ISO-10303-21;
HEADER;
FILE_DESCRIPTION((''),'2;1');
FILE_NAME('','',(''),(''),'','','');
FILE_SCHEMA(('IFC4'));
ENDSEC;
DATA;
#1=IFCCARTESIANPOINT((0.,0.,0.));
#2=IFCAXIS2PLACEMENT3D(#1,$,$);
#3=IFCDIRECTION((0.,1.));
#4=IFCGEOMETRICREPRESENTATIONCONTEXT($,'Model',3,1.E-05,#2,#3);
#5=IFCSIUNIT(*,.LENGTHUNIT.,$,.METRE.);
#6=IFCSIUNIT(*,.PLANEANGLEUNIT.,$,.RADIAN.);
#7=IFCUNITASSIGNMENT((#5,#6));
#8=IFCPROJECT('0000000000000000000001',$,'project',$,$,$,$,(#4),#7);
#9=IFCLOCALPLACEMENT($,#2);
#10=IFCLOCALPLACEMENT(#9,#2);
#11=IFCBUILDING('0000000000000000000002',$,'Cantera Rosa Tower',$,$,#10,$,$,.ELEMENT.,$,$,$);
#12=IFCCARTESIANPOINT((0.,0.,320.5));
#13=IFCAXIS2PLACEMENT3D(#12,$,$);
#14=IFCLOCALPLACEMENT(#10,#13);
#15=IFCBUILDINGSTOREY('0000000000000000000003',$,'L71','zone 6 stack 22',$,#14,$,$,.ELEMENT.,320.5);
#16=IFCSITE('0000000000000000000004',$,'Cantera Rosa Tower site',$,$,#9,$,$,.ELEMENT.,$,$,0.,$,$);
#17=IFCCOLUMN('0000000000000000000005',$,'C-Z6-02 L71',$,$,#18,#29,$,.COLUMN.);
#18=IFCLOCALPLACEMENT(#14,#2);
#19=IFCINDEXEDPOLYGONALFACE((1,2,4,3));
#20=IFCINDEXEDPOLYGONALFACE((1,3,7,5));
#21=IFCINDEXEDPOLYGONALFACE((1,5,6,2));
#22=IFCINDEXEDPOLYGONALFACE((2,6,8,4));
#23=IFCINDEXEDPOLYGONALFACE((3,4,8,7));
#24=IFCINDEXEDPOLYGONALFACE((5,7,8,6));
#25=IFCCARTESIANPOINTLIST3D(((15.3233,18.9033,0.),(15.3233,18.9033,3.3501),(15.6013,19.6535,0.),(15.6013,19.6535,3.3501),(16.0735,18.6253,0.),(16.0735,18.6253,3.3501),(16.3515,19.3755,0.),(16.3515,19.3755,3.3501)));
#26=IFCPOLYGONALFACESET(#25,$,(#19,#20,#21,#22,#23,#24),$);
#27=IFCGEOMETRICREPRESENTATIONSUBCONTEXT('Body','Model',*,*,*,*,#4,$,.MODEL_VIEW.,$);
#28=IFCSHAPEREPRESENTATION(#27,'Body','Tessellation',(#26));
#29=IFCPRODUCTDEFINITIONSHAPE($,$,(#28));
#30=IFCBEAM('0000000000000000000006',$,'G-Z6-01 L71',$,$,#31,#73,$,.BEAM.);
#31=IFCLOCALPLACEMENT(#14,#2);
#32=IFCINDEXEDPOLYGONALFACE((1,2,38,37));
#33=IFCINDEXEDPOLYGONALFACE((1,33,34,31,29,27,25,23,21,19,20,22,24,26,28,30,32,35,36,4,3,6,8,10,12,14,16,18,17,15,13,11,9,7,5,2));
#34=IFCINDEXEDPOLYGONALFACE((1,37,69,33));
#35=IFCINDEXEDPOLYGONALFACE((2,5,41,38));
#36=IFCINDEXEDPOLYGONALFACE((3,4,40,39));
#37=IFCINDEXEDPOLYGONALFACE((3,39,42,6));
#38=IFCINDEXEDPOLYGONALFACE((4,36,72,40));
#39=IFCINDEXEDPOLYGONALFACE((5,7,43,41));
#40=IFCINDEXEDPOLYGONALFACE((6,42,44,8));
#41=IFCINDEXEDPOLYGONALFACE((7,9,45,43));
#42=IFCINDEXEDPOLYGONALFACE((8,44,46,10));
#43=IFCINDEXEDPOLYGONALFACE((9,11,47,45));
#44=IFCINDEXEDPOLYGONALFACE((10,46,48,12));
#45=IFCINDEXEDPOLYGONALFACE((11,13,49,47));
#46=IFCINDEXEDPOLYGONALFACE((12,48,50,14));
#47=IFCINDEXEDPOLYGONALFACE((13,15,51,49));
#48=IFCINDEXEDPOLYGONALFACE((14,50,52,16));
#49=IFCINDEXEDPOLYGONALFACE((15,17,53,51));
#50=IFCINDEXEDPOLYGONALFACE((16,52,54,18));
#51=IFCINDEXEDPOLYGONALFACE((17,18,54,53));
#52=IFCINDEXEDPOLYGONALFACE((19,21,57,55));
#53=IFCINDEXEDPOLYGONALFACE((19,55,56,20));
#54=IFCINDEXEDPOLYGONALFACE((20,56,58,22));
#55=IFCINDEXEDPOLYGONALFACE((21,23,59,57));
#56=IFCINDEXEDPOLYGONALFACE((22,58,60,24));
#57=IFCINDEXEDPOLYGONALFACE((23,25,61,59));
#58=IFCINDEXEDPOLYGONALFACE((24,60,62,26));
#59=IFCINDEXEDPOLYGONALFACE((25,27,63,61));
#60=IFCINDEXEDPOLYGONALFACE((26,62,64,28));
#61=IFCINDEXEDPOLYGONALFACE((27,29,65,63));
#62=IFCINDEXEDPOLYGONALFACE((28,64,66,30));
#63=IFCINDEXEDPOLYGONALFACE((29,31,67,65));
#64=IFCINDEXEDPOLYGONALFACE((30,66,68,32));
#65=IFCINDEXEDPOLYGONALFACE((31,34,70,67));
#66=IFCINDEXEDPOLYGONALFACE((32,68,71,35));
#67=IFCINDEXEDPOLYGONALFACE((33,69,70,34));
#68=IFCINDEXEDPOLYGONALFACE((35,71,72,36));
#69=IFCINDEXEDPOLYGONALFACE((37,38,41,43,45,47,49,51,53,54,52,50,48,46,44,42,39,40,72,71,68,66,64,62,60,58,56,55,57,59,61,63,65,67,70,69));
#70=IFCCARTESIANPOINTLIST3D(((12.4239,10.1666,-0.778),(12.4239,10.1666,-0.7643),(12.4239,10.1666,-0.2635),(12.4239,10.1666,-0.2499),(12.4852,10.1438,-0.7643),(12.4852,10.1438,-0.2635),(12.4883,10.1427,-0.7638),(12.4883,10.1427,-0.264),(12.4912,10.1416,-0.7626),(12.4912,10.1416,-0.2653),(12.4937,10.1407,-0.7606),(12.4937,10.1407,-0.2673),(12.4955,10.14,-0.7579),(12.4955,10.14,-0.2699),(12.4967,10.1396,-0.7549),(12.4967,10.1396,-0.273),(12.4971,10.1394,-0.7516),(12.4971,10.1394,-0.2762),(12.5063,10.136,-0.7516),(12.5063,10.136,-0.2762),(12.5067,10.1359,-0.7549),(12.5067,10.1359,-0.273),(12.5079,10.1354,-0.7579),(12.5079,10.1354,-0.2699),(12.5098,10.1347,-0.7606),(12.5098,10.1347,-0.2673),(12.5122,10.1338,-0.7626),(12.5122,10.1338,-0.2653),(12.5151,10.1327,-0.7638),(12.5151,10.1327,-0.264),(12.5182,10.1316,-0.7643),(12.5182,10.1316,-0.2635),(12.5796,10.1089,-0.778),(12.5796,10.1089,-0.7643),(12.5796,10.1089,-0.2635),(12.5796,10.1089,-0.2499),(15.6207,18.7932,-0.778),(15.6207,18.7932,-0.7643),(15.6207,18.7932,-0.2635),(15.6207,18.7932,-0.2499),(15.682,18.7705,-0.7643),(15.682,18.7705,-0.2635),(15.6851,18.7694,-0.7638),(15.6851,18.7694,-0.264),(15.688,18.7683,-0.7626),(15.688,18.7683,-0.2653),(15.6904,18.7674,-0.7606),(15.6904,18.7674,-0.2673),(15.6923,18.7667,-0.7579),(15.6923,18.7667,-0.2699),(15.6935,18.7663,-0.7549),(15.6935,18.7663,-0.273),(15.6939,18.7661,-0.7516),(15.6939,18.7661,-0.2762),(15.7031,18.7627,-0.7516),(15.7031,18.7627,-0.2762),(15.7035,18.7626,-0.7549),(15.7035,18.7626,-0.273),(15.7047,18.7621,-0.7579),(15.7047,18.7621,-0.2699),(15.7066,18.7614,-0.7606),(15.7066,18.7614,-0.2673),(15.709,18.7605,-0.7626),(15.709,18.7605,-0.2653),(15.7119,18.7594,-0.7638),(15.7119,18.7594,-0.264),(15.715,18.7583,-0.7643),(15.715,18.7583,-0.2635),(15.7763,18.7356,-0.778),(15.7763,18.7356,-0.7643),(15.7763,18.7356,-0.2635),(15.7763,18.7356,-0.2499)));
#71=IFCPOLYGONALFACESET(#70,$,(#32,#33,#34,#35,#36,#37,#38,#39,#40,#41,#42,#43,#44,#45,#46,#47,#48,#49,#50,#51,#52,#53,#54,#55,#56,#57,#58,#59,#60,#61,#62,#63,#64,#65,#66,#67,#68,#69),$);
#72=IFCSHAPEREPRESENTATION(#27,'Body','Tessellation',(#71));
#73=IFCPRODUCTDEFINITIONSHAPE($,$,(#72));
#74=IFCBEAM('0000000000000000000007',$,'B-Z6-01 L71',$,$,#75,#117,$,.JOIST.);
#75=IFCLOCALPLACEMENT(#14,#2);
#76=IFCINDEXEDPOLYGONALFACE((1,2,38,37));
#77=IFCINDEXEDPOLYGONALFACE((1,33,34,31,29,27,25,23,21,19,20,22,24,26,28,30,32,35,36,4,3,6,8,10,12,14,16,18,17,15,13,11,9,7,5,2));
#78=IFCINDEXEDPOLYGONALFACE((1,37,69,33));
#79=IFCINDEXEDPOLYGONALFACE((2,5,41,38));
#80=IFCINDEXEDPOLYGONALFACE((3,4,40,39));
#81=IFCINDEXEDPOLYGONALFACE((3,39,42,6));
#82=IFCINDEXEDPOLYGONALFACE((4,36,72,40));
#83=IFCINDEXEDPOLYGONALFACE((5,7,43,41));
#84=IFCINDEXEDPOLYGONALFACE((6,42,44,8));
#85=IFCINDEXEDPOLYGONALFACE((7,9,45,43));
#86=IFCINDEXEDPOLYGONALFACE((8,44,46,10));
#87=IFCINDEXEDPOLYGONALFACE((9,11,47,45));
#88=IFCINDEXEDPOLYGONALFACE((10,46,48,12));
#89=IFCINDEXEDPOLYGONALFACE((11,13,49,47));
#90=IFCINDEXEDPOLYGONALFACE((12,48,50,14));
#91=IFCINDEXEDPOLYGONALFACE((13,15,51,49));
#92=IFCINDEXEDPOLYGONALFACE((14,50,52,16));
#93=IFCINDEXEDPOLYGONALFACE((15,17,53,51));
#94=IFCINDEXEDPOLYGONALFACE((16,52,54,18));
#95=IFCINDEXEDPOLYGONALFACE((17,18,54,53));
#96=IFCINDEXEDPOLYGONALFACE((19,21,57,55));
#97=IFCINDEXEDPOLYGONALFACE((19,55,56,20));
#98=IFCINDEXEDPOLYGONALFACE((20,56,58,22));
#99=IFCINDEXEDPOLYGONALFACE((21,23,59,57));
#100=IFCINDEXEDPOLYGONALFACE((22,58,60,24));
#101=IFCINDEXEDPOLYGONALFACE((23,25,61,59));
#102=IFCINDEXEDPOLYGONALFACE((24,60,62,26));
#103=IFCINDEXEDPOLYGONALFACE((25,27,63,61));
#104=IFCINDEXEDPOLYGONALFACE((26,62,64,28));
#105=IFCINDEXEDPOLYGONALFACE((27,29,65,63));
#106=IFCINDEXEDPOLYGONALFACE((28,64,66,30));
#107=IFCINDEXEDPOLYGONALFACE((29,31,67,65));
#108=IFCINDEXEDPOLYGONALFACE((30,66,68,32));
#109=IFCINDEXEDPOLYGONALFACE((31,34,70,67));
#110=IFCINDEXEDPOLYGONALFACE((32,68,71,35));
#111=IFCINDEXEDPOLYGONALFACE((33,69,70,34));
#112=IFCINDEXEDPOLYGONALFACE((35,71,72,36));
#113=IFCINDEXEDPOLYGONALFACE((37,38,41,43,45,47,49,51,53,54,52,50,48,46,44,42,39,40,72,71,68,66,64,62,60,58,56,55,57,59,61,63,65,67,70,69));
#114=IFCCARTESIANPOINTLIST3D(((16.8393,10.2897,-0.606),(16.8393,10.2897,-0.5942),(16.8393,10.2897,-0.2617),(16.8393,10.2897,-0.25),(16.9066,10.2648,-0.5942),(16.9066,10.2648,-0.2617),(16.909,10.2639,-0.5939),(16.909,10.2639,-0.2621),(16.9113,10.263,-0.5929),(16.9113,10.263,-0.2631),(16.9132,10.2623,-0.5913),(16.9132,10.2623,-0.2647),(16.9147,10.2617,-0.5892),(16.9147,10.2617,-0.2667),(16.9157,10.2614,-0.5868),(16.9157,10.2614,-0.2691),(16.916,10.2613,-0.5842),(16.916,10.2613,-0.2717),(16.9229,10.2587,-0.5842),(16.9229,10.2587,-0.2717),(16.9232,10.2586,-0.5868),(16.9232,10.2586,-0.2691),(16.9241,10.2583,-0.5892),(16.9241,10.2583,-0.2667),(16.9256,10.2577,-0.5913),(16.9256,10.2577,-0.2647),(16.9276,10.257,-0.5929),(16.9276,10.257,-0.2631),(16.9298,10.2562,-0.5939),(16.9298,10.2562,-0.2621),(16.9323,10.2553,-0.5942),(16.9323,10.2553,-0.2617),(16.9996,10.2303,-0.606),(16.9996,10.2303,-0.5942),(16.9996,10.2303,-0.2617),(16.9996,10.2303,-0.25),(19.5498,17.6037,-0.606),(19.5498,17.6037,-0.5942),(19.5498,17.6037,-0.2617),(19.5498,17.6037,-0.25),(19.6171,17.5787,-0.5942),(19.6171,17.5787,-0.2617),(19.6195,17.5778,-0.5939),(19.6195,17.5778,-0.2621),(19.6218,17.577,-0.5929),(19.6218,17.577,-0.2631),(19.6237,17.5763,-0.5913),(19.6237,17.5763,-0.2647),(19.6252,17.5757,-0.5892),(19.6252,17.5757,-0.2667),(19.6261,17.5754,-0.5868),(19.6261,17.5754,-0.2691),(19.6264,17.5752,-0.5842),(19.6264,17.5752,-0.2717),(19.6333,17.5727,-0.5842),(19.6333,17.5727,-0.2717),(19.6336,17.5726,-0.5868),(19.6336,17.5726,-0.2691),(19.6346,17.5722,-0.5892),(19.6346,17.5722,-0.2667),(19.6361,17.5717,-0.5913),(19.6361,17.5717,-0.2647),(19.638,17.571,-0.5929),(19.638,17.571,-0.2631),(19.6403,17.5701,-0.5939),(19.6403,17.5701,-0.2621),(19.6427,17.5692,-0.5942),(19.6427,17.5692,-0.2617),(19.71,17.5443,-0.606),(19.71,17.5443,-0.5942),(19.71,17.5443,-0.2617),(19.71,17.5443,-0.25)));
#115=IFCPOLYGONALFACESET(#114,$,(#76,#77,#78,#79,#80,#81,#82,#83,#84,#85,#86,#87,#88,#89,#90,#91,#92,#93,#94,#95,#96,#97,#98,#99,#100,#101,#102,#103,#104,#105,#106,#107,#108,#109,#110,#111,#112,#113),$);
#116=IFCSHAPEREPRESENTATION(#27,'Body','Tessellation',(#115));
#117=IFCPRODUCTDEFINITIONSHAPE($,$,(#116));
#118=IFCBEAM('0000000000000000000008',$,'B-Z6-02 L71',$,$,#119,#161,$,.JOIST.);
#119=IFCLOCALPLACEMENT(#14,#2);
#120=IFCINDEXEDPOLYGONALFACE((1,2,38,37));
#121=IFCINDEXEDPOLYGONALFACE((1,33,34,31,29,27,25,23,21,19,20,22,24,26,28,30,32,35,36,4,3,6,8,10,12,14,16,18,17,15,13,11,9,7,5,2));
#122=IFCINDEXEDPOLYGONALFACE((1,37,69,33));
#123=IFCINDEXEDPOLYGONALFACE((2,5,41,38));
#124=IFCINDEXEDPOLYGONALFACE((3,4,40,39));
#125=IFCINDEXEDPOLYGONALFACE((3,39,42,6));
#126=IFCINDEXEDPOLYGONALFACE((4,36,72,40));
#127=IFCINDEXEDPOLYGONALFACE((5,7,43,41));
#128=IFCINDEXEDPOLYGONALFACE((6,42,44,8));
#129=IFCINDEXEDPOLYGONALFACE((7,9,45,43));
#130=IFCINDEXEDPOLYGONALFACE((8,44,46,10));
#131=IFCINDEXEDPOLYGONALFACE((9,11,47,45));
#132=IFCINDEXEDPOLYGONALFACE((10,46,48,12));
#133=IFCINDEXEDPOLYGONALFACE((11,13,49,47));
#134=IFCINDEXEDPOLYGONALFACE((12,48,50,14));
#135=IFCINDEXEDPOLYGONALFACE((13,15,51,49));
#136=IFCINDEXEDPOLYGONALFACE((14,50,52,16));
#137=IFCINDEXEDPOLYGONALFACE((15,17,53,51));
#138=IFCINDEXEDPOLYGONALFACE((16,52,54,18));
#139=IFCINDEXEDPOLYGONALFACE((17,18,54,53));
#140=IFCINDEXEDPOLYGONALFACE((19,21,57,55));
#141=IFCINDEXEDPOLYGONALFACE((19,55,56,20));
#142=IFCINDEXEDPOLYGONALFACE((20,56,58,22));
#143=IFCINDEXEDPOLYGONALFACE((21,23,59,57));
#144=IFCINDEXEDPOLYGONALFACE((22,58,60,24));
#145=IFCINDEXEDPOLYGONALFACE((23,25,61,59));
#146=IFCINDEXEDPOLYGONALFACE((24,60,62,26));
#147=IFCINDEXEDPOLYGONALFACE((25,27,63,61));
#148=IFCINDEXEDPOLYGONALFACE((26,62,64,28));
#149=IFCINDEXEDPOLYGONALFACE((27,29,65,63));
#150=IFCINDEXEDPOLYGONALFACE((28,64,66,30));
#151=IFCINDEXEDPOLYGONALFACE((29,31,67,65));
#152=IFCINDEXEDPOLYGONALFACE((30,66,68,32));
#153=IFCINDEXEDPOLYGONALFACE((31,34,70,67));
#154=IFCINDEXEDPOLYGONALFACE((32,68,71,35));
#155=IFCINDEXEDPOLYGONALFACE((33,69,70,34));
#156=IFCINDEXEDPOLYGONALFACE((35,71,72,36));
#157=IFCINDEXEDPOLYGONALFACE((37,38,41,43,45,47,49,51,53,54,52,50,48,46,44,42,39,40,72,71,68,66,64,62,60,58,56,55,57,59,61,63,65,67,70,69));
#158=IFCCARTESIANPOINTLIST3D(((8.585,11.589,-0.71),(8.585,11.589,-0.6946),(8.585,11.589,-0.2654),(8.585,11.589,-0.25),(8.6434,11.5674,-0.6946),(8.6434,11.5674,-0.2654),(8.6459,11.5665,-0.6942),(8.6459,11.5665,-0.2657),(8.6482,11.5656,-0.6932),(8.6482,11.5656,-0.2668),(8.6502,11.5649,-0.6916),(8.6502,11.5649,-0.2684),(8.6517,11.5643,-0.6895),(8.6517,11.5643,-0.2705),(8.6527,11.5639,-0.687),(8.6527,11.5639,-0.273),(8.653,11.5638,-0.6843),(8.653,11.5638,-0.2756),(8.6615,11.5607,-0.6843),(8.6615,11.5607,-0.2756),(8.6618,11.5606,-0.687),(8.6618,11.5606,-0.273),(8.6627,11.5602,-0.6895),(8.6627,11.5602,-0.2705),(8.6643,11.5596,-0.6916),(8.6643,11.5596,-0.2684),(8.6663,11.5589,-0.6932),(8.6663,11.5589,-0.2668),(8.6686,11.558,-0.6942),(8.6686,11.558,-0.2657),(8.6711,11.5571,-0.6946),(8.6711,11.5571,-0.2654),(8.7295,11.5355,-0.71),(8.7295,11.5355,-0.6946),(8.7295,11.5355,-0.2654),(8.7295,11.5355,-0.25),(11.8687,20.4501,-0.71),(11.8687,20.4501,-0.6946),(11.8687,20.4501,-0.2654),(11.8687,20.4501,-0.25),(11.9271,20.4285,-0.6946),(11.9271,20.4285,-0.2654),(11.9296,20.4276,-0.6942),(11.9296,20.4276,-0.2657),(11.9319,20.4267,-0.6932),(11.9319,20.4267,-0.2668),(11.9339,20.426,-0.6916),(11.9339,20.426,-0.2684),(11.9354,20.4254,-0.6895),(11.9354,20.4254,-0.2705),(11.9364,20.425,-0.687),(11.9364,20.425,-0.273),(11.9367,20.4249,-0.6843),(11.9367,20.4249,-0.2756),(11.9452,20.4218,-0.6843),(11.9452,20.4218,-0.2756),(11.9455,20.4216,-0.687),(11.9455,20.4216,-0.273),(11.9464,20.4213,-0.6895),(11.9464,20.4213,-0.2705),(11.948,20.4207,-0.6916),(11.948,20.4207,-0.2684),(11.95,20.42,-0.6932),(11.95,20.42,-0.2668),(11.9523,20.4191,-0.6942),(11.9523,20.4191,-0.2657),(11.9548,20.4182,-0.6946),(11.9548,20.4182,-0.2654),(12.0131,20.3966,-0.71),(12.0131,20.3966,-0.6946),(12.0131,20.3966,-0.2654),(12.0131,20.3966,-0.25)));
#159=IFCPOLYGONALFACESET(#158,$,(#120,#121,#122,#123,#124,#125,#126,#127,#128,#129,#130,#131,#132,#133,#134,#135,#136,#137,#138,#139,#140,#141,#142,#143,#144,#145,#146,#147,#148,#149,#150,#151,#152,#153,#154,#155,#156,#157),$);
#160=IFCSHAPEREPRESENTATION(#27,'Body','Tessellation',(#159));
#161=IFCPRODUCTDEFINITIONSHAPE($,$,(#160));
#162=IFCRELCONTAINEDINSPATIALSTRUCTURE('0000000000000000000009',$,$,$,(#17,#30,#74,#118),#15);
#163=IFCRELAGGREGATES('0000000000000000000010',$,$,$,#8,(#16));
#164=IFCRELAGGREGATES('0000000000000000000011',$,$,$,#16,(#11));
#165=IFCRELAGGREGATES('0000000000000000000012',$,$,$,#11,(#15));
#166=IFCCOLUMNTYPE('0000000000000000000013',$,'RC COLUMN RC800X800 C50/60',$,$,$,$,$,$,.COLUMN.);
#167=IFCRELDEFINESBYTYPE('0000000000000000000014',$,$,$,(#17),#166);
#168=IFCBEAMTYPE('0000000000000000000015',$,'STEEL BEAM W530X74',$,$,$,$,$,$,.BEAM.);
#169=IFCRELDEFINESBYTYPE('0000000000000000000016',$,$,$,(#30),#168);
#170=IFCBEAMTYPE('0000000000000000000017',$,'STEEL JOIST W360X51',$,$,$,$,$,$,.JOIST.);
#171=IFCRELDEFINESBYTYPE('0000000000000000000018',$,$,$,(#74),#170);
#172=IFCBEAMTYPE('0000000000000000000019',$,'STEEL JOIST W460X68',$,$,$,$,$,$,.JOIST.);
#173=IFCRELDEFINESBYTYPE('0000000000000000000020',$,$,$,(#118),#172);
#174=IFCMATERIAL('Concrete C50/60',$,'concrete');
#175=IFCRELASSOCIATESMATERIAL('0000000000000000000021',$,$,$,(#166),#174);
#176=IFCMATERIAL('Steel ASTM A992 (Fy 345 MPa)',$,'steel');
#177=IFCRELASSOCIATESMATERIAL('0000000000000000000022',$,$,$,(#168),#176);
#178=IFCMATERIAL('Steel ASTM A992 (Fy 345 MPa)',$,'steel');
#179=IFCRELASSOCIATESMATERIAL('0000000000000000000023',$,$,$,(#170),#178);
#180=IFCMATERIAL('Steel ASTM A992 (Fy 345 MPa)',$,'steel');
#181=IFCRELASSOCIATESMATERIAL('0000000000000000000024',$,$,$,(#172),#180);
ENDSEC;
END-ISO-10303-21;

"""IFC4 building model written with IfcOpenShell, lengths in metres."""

from ifc_helpers import new_model, si_unit, direction, frame, origin, origin_2d, place, context, subcontext, project, spatial, rectangle, i_section, extrude, material, material_profile, profile_set, type_object, element, save


model = new_model("IFC4")

# Units and contexts
model_context = context("Model", 3, precision=1e-05, world=origin(), true_north=direction((0.0, 1.0)))
body_context = subcontext(model_context, "Body", "Model", "MODEL_VIEW")
ifc_project = project(units=[si_unit("LENGTHUNIT", "METRE"), si_unit("PLANEANGLEUNIT", "RADIAN")], contexts=[model_context])

# Site, building, storey
site_placement = place(None, origin())
site = spatial("IfcSite", under=ifc_project, at=site_placement, Name="Cantera Rosa Tower site", CompositionType="ELEMENT", RefElevation=0.0)
building_placement = place(site_placement, origin())
building = spatial("IfcBuilding", under=site, at=building_placement, Name="Cantera Rosa Tower", CompositionType="ELEMENT")
storey_placement = place(building_placement, frame((0.0, 0.0, 320.5)))
storey = spatial("IfcBuildingStorey", under=building, at=storey_placement, Name="L71", Description="zone 6 stack 22", CompositionType="ELEMENT", Elevation=320.5)

# Column
ifc_material_1 = material(Name="Concrete C50/60", Category="concrete")
ifc_material_profile_1 = material_profile(ifc_material_1, rectangle(XDim=0.8, YDim=0.8, at=origin_2d()), Name="RC COLUMN RC800X800 C50/60")
ifc_profile_set_1 = profile_set([ifc_material_profile_1], Name="Concrete C50/60")
column_type = type_object("IfcColumnType", Name="RC COLUMN RC800X800 C50/60", PredefinedType="COLUMN", material=ifc_profile_set_1)
column_placement = place(storey_placement, frame((15.8374, 19.1394, 0.0), z_axis=(0.0, 0.0, 1.0), x_axis=(0.347481, 0.937687, 0.0)))
element("IfcColumn", 1, at=column_placement, inside=storey, type_object=column_type, Name="C-Z6-02 L71", PredefinedType="COLUMN", context=body_context, shape_type="SweptSolid", body=[
    extrude(rectangle(XDim=0.8, YDim=0.8, at=origin_2d()), origin(), (0.0, 0.0, 1.0), 3.3501),
])

# Beams
ifc_material_2 = material(Name="Steel ASTM A992 (Fy 345 MPa)", Category="steel")
ifc_material_profile_2 = material_profile(ifc_material_2, i_section(OverallWidth=0.166, OverallDepth=0.5281, WebThickness=0.0098, FlangeThickness=0.0137, FilletRadius=0.0127, at=origin_2d()), Name="W530X74")
ifc_profile_set_2 = profile_set([ifc_material_profile_2], Name="Steel ASTM A992 (Fy 345 MPa)")
beam_type_1 = type_object("IfcBeamType", Name="STEEL BEAM W530X74", PredefinedType="BEAM", material=ifc_profile_set_2)
beam_1_placement = place(storey_placement, frame((15.6985, 18.7644, -0.5139), z_axis=(-0.347477, -0.937689, 0.0), x_axis=(0.937689, -0.347477, 0.0)))
element("IfcBeam", 2, at=beam_1_placement, inside=storey, type_object=beam_type_1, Name="G-Z6-01 L71", PredefinedType="BEAM", context=body_context, shape_type="SweptSolid", body=[
    extrude(i_section(OverallWidth=0.166, OverallDepth=0.5281, WebThickness=0.0098, FlangeThickness=0.0137, FilletRadius=0.0127, at=origin_2d()), origin(), (0.0, 0.0, 1.0), 9.2),
])
ifc_material_3 = material(Name="Steel ASTM A992 (Fy 345 MPa)", Category="steel")
ifc_material_profile_3 = material_profile(ifc_material_3, i_section(OverallWidth=0.1709, OverallDepth=0.356, WebThickness=0.0073, FlangeThickness=0.0117, FilletRadius=0.01, at=origin_2d()), Name="W360X51")
ifc_profile_set_3 = profile_set([ifc_material_profile_3], Name="Steel ASTM A992 (Fy 345 MPa)")
beam_type_2 = type_object("IfcBeamType", Name="STEEL JOIST W360X51", PredefinedType="JOIST", material=ifc_profile_set_3)
beam_2_placement = place(storey_placement, frame((19.6299, 17.574, -0.428), z_axis=(-0.347492, -0.937683, 0.0), x_axis=(0.937683, -0.347492, 0.0)))
element("IfcBeam", 3, at=beam_2_placement, inside=storey, type_object=beam_type_2, Name="B-Z6-01 L71", PredefinedType="JOIST", context=body_context, shape_type="SweptSolid", body=[
    extrude(i_section(OverallWidth=0.1709, OverallDepth=0.356, WebThickness=0.0073, FlangeThickness=0.0117, FilletRadius=0.01, at=origin_2d()), origin(), (0.0, 0.0, 1.0), 7.8),
])
ifc_material_4 = material(Name="Steel ASTM A992 (Fy 345 MPa)", Category="steel")
ifc_material_profile_4 = material_profile(ifc_material_4, i_section(OverallWidth=0.1541, OverallDepth=0.46, WebThickness=0.009, FlangeThickness=0.0154, FilletRadius=0.0103, at=origin_2d()), Name="W460X68")
ifc_profile_set_4 = profile_set([ifc_material_profile_4], Name="Steel ASTM A992 (Fy 345 MPa)")
beam_type_3 = type_object("IfcBeamType", Name="STEEL JOIST W460X68", PredefinedType="JOIST", material=ifc_profile_set_4)
beam_3_placement = place(storey_placement, frame((11.9409, 20.4233, -0.48), z_axis=(-0.347483, -0.937686, 0.0), x_axis=(0.937686, -0.347483, 0.0)))
element("IfcBeam", 4, at=beam_3_placement, inside=storey, type_object=beam_type_3, Name="B-Z6-02 L71", PredefinedType="JOIST", context=body_context, shape_type="SweptSolid", body=[
    extrude(i_section(OverallWidth=0.1541, OverallDepth=0.46, WebThickness=0.009, FlangeThickness=0.0154, FilletRadius=0.0103, at=origin_2d()), origin(), (0.0, 0.0, 1.0), 9.45),
])

save(model, "model.ifc")
